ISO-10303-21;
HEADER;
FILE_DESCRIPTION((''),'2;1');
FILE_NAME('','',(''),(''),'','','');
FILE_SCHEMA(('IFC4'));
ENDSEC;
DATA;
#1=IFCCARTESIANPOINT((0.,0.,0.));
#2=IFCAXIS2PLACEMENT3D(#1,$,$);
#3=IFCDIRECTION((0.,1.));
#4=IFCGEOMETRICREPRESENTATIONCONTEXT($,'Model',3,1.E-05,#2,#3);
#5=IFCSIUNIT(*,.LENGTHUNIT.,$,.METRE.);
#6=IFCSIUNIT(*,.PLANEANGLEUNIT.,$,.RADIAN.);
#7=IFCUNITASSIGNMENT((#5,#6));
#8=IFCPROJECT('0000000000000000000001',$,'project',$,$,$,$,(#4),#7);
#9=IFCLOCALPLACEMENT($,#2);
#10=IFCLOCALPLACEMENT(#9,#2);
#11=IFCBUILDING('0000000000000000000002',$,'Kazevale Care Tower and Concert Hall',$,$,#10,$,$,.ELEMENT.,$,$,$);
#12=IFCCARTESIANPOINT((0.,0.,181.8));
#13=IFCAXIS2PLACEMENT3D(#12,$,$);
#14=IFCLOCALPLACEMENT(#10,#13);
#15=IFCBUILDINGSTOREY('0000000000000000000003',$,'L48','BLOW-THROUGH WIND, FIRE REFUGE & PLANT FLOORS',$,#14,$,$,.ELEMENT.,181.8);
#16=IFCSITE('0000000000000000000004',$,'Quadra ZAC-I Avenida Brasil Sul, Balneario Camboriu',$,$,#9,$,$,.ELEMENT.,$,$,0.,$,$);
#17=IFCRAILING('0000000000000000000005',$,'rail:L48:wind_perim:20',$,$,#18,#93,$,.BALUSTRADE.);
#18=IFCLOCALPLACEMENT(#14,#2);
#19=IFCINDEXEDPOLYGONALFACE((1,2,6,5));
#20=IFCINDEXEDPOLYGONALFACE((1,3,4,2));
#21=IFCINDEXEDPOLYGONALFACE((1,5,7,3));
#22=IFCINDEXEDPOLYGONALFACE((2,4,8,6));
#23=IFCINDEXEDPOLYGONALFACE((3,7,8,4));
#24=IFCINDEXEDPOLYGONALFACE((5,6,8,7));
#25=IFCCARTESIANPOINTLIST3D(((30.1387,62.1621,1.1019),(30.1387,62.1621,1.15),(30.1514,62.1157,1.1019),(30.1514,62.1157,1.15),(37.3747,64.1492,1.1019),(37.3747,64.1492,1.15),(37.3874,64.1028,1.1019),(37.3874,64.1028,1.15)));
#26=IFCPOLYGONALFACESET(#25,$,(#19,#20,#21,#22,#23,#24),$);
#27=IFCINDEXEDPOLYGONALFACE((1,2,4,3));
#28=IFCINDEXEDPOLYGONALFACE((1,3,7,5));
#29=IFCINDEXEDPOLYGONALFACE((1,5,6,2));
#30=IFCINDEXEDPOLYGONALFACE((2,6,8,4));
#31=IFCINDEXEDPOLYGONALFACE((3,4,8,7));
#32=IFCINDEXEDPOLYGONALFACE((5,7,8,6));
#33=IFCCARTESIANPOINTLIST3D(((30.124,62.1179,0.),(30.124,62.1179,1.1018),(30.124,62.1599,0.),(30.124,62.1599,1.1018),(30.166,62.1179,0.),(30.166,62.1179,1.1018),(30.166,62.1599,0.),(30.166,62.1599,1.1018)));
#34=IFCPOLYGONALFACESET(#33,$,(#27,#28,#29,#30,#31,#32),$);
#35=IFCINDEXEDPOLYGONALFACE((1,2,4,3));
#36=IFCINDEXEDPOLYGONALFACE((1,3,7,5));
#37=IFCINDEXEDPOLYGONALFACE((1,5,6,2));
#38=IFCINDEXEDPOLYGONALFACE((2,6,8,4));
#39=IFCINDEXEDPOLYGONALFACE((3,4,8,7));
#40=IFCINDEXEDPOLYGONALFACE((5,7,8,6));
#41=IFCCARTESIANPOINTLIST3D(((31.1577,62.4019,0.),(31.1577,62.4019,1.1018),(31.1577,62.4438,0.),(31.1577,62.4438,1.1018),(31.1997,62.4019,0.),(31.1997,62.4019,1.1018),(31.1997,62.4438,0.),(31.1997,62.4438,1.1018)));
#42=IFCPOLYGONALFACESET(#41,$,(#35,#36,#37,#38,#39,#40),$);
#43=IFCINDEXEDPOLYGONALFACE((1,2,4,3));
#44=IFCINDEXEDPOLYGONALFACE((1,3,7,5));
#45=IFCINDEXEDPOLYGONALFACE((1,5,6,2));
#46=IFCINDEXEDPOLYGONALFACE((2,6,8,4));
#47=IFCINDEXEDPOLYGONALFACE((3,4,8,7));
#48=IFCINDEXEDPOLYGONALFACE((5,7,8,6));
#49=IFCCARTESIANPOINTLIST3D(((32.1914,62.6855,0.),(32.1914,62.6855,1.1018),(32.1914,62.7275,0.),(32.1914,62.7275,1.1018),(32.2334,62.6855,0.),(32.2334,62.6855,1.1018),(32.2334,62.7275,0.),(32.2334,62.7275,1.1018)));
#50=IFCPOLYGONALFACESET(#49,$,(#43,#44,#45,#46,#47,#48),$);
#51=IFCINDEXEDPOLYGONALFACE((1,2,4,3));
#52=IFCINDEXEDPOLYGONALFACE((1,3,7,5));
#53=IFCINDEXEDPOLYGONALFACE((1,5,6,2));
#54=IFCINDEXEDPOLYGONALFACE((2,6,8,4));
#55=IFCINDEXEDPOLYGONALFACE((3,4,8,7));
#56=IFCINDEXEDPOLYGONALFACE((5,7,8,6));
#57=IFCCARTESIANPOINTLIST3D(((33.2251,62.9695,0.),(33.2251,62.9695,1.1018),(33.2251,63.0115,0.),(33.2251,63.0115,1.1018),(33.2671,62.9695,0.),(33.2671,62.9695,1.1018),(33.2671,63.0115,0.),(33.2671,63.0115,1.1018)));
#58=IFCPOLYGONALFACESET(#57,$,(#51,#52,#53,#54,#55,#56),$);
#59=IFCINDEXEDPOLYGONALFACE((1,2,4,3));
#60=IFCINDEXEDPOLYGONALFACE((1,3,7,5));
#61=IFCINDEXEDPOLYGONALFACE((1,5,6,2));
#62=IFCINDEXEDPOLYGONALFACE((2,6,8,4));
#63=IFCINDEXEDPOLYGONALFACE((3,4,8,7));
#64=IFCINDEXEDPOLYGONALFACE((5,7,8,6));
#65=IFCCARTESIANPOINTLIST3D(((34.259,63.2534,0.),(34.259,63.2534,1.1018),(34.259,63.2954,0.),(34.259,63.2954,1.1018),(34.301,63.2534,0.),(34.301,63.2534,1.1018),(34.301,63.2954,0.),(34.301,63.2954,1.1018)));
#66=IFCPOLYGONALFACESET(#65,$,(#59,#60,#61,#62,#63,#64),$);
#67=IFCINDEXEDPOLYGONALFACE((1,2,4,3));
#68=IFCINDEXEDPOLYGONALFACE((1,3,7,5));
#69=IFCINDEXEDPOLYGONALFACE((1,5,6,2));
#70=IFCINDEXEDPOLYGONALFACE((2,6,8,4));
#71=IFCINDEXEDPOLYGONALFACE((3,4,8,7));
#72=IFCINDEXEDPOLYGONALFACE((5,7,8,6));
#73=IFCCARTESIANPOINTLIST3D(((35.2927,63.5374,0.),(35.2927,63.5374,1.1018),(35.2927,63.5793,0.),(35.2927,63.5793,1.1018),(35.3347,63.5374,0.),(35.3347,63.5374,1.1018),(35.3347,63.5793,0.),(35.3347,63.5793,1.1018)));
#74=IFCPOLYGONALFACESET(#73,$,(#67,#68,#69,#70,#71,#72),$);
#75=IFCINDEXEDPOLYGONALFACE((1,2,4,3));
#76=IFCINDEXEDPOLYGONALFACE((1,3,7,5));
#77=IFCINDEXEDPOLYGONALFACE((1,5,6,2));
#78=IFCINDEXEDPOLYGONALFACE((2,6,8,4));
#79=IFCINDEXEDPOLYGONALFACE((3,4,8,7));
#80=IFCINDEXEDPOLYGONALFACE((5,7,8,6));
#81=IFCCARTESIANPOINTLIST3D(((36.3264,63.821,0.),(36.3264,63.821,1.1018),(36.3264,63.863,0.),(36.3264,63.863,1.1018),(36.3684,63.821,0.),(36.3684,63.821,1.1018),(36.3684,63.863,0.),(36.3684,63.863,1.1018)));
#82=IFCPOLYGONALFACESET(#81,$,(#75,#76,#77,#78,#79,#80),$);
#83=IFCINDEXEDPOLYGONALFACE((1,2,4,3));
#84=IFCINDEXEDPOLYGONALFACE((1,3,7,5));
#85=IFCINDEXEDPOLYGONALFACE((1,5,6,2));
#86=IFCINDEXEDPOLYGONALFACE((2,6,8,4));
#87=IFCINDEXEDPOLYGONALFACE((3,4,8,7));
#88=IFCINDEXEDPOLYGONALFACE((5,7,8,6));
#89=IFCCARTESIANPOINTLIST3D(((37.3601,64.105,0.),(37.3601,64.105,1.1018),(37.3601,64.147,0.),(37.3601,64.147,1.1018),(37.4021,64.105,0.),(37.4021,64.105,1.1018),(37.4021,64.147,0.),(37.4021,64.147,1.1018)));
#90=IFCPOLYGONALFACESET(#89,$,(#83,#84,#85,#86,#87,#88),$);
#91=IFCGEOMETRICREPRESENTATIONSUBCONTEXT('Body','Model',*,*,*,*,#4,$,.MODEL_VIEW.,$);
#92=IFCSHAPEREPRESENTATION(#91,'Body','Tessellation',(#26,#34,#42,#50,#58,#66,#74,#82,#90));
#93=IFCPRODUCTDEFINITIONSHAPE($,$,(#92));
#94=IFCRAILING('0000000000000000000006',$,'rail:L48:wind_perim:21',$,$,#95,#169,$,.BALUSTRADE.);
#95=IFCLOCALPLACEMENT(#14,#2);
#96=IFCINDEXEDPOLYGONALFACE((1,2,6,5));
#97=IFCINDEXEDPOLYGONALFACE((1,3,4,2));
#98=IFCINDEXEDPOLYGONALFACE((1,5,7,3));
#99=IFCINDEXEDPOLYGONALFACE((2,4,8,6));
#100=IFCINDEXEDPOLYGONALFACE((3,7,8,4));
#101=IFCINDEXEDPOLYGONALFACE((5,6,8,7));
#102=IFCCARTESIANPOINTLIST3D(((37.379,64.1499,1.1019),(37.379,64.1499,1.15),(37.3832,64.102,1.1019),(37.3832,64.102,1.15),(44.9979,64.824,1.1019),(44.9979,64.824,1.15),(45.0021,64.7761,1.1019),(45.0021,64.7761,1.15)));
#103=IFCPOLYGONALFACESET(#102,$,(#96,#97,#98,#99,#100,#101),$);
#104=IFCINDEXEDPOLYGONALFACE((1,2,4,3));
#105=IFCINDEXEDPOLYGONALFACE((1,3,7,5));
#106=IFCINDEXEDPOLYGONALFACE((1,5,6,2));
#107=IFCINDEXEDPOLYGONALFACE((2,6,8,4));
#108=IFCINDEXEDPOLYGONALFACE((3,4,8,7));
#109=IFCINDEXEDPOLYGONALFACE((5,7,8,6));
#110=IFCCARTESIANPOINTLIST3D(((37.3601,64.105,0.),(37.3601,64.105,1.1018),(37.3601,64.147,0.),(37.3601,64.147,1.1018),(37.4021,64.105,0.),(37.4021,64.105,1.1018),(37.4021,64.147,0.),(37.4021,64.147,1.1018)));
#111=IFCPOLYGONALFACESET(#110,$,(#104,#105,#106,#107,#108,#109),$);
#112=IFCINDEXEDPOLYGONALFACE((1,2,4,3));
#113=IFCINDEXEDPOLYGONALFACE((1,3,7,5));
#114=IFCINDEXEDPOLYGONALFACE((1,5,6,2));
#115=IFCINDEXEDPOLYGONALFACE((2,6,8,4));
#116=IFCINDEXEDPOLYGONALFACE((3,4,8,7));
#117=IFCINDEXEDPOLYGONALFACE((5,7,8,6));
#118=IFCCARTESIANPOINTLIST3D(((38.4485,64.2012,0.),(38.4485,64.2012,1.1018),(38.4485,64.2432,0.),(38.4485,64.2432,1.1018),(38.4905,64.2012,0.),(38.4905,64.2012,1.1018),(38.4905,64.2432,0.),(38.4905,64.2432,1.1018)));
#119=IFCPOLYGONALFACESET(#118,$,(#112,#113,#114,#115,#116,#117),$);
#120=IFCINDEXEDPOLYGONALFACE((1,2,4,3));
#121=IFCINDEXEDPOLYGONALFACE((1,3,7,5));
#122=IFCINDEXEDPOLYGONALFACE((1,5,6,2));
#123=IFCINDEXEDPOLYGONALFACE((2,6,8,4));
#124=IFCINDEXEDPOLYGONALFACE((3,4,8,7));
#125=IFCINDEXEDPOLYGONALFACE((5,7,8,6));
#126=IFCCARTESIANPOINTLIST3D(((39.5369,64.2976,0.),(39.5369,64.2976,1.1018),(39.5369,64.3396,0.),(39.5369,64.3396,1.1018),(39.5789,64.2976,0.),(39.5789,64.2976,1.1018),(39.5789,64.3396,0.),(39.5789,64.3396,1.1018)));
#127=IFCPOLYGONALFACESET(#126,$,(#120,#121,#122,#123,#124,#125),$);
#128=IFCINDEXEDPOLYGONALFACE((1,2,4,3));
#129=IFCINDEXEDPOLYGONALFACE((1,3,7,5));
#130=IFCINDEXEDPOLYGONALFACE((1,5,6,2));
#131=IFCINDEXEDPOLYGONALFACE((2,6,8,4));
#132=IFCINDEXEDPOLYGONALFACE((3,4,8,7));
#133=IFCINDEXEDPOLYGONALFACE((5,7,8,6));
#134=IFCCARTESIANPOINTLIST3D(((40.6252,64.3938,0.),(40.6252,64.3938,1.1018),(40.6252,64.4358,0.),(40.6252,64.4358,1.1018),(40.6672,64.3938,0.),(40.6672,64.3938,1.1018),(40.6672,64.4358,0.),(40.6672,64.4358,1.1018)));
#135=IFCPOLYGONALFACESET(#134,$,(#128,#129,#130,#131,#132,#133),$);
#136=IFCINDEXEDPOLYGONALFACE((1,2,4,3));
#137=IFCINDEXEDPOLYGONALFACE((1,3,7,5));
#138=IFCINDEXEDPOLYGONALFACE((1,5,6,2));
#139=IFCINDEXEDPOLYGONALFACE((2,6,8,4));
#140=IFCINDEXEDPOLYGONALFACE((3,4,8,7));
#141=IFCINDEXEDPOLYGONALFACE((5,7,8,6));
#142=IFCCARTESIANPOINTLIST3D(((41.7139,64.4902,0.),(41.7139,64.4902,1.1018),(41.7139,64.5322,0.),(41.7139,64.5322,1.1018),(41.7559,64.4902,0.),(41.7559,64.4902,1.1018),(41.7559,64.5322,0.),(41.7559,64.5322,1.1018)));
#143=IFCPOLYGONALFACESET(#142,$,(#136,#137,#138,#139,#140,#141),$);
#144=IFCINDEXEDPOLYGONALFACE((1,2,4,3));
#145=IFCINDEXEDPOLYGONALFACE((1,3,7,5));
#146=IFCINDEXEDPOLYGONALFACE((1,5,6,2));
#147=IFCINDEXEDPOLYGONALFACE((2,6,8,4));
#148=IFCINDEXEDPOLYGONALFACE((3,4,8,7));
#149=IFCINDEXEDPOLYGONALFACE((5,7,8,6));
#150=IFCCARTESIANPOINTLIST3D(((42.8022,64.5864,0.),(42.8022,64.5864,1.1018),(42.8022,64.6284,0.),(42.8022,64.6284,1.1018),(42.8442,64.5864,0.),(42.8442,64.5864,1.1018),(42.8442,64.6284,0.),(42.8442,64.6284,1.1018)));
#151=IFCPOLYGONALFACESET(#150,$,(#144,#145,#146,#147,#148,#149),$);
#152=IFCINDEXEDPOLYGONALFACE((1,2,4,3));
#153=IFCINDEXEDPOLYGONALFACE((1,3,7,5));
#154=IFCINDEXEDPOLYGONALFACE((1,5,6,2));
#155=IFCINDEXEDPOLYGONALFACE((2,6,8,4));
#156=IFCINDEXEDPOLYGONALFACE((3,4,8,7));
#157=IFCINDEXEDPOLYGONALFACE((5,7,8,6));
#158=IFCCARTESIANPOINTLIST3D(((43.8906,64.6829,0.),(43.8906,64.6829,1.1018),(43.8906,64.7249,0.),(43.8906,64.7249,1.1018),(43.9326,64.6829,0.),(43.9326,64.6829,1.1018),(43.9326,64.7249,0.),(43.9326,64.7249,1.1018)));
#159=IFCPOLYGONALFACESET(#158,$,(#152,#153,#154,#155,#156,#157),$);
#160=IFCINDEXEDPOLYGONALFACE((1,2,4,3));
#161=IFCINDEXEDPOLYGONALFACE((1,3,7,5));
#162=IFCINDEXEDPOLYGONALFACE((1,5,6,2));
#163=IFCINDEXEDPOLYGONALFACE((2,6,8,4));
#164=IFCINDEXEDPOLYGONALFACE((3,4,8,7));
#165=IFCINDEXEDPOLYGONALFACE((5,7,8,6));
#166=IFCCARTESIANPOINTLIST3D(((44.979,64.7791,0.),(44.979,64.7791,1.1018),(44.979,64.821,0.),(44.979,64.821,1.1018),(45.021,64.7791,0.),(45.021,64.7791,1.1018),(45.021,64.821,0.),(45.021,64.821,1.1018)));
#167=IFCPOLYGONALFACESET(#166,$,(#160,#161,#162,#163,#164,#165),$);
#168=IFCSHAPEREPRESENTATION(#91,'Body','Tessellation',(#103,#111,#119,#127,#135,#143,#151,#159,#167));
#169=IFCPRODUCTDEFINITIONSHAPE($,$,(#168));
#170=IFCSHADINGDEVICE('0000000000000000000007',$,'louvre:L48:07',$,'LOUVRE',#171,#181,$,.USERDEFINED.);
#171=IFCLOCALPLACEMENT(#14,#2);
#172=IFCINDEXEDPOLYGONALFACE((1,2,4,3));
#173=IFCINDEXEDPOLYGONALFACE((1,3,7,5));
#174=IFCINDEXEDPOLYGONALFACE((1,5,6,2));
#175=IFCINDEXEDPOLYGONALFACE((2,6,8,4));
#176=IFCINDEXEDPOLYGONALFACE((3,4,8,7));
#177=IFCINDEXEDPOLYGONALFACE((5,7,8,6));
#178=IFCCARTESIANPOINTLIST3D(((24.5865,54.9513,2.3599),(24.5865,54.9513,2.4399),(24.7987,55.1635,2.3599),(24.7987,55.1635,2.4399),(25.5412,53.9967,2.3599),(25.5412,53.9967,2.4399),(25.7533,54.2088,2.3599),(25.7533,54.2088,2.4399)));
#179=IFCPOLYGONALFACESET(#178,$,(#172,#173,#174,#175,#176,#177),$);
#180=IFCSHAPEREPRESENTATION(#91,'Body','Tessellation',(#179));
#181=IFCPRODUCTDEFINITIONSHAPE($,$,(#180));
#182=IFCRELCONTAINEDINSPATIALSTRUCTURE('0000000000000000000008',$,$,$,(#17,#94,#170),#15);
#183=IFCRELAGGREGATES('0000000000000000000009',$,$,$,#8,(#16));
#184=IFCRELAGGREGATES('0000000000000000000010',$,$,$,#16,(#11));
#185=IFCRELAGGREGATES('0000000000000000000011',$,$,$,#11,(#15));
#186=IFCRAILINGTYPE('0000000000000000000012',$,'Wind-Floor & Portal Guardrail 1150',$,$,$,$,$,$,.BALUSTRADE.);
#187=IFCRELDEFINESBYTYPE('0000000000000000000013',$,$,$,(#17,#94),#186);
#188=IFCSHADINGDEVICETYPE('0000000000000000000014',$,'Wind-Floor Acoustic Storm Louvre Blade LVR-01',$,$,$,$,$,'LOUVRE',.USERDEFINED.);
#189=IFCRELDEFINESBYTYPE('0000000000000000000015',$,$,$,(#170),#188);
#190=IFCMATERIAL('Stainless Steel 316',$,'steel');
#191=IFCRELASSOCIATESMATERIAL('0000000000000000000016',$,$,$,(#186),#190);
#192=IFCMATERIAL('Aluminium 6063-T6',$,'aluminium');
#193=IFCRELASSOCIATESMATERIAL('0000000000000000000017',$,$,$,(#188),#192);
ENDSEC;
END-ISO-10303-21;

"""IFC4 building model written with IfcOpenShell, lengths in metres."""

from ifc_helpers import new_model, si_unit, direction, frame, origin, origin_2d, place, context, subcontext, project, spatial, rectangle, extrude, material, type_object, element, save


model = new_model("IFC4")

# Units and contexts
model_context = context("Model", 3, precision=1e-05, world=origin(), true_north=direction((0.0, 1.0)))
body_context = subcontext(model_context, "Body", "Model", "MODEL_VIEW")
ifc_project = project(units=[si_unit("LENGTHUNIT", "METRE"), si_unit("PLANEANGLEUNIT", "RADIAN")], contexts=[model_context])

# Site, building, storey
site_placement = place(None, origin())
site = spatial("IfcSite", under=ifc_project, at=site_placement, Name="Quadra ZAC-I Avenida Brasil Sul, Balneario Camboriu", CompositionType="ELEMENT", RefElevation=0.0)
building_placement = place(site_placement, origin())
building = spatial("IfcBuilding", under=site, at=building_placement, Name="Kazevale Care Tower and Concert Hall", CompositionType="ELEMENT")
storey_placement = place(building_placement, frame((0.0, 0.0, 181.8)))
storey = spatial("IfcBuildingStorey", under=building, at=storey_placement, Name="L48", Description="BLOW-THROUGH WIND, FIRE REFUGE & PLANT FLOORS", CompositionType="ELEMENT", Elevation=181.8)

# Railings
ifc_material_1 = material(Name="Stainless Steel 316", Category="steel")
railing_type = type_object("IfcRailingType", Name="Wind-Floor & Portal Guardrail 1150", PredefinedType="BALUSTRADE", material=ifc_material_1)
railing_1_placement = place(storey_placement, frame((30.145, 62.1389, 0.0)))
element("IfcRailing", 1, at=railing_1_placement, inside=storey, type_object=railing_type, Name="rail:L48:wind_perim:20", PredefinedType="BALUSTRADE", context=body_context, shape_type="SweptSolid", body=[
    extrude(rectangle(XDim=0.0481, YDim=0.0481, at=origin_2d()), frame((0.0, 0.0, 1.126), z_axis=(0.964303, 0.264802, 0.0), x_axis=(-0.264802, 0.964303, 0.0)), (0.0, 0.0, 1.0), 7.5039),
    extrude(rectangle(XDim=0.042, YDim=0.042, at=origin_2d()), origin(), (0.0, 0.0, 1.0), 1.1018),
    extrude(rectangle(XDim=0.042, YDim=0.042, at=origin_2d()), frame((1.0337, 0.2839, 0.0)), (0.0, 0.0, 1.0), 1.1018),
    extrude(rectangle(XDim=0.042, YDim=0.042, at=origin_2d()), frame((2.0674, 0.5676, 0.0)), (0.0, 0.0, 1.0), 1.1018),
    extrude(rectangle(XDim=0.042, YDim=0.042, at=origin_2d()), frame((3.1011, 0.8516, 0.0)), (0.0, 0.0, 1.0), 1.1018),
    extrude(rectangle(XDim=0.042, YDim=0.042, at=origin_2d()), frame((4.135, 1.1355, 0.0)), (0.0, 0.0, 1.0), 1.1018),
    extrude(rectangle(XDim=0.042, YDim=0.042, at=origin_2d()), frame((5.1687, 1.4194, 0.0)), (0.0, 0.0, 1.0), 1.1018),
    extrude(rectangle(XDim=0.042, YDim=0.042, at=origin_2d()), frame((6.2024, 1.7031, 0.0)), (0.0, 0.0, 1.0), 1.1018),
    extrude(rectangle(XDim=0.042, YDim=0.042, at=origin_2d()), frame((7.2361, 1.9871, 0.0)), (0.0, 0.0, 1.0), 1.1018),
])
railing_2_placement = place(storey_placement, frame((37.3811, 64.126, 0.0)))
element("IfcRailing", 2, at=railing_2_placement, inside=storey, type_object=railing_type, Name="rail:L48:wind_perim:21", PredefinedType="BALUSTRADE", context=body_context, shape_type="SweptSolid", body=[
    extrude(rectangle(XDim=0.0481, YDim=0.0481, at=origin_2d()), frame((0.0, 0.0, 1.126), z_axis=(0.996109, 0.088129, 0.0), x_axis=(-0.088129, 0.996109, 0.0)), (0.0, 0.0, 1.0), 7.6487),
    extrude(rectangle(XDim=0.042, YDim=0.042, at=origin_2d()), origin(), (0.0, 0.0, 1.0), 1.1018),
    extrude(rectangle(XDim=0.042, YDim=0.042, at=origin_2d()), frame((1.0884, 0.0962, 0.0)), (0.0, 0.0, 1.0), 1.1018),
    extrude(rectangle(XDim=0.042, YDim=0.042, at=origin_2d()), frame((2.1768, 0.1926, 0.0)), (0.0, 0.0, 1.0), 1.1018),
    extrude(rectangle(XDim=0.042, YDim=0.042, at=origin_2d()), frame((3.2651, 0.2888, 0.0)), (0.0, 0.0, 1.0), 1.1018),
    extrude(rectangle(XDim=0.042, YDim=0.042, at=origin_2d()), frame((4.3538, 0.3853, 0.0)), (0.0, 0.0, 1.0), 1.1018),
    extrude(rectangle(XDim=0.042, YDim=0.042, at=origin_2d()), frame((5.4421, 0.4814, 0.0)), (0.0, 0.0, 1.0), 1.1018),
    extrude(rectangle(XDim=0.042, YDim=0.042, at=origin_2d()), frame((6.5305, 0.5779, 0.0)), (0.0, 0.0, 1.0), 1.1018),
    extrude(rectangle(XDim=0.042, YDim=0.042, at=origin_2d()), frame((7.6189, 0.6741, 0.0)), (0.0, 0.0, 1.0), 1.1018),
])

# Shading device
ifc_material_2 = material(Name="Aluminium 6063-T6", Category="aluminium")
shading_device_type = type_object("IfcShadingDeviceType", Name="Wind-Floor Acoustic Storm Louvre Blade LVR-01", ElementType="LOUVRE", PredefinedType="USERDEFINED", material=ifc_material_2)
shading_device_placement = place(storey_placement, frame((25.1699, 54.5801, 2.3599), z_axis=(0.0, 0.0, 1.0), x_axis=(-0.707107, 0.707107, 0.0)))
element("IfcShadingDevice", 3, at=shading_device_placement, inside=storey, type_object=shading_device_type, Name="louvre:L48:07", ObjectType="LOUVRE", PredefinedType="USERDEFINED", context=body_context, shape_type="SweptSolid", body=[
    extrude(rectangle(XDim=1.3501, YDim=0.3, at=origin_2d()), origin(), (0.0, 0.0, 1.0), 0.0801),
])

save(model, "model.ifc")
